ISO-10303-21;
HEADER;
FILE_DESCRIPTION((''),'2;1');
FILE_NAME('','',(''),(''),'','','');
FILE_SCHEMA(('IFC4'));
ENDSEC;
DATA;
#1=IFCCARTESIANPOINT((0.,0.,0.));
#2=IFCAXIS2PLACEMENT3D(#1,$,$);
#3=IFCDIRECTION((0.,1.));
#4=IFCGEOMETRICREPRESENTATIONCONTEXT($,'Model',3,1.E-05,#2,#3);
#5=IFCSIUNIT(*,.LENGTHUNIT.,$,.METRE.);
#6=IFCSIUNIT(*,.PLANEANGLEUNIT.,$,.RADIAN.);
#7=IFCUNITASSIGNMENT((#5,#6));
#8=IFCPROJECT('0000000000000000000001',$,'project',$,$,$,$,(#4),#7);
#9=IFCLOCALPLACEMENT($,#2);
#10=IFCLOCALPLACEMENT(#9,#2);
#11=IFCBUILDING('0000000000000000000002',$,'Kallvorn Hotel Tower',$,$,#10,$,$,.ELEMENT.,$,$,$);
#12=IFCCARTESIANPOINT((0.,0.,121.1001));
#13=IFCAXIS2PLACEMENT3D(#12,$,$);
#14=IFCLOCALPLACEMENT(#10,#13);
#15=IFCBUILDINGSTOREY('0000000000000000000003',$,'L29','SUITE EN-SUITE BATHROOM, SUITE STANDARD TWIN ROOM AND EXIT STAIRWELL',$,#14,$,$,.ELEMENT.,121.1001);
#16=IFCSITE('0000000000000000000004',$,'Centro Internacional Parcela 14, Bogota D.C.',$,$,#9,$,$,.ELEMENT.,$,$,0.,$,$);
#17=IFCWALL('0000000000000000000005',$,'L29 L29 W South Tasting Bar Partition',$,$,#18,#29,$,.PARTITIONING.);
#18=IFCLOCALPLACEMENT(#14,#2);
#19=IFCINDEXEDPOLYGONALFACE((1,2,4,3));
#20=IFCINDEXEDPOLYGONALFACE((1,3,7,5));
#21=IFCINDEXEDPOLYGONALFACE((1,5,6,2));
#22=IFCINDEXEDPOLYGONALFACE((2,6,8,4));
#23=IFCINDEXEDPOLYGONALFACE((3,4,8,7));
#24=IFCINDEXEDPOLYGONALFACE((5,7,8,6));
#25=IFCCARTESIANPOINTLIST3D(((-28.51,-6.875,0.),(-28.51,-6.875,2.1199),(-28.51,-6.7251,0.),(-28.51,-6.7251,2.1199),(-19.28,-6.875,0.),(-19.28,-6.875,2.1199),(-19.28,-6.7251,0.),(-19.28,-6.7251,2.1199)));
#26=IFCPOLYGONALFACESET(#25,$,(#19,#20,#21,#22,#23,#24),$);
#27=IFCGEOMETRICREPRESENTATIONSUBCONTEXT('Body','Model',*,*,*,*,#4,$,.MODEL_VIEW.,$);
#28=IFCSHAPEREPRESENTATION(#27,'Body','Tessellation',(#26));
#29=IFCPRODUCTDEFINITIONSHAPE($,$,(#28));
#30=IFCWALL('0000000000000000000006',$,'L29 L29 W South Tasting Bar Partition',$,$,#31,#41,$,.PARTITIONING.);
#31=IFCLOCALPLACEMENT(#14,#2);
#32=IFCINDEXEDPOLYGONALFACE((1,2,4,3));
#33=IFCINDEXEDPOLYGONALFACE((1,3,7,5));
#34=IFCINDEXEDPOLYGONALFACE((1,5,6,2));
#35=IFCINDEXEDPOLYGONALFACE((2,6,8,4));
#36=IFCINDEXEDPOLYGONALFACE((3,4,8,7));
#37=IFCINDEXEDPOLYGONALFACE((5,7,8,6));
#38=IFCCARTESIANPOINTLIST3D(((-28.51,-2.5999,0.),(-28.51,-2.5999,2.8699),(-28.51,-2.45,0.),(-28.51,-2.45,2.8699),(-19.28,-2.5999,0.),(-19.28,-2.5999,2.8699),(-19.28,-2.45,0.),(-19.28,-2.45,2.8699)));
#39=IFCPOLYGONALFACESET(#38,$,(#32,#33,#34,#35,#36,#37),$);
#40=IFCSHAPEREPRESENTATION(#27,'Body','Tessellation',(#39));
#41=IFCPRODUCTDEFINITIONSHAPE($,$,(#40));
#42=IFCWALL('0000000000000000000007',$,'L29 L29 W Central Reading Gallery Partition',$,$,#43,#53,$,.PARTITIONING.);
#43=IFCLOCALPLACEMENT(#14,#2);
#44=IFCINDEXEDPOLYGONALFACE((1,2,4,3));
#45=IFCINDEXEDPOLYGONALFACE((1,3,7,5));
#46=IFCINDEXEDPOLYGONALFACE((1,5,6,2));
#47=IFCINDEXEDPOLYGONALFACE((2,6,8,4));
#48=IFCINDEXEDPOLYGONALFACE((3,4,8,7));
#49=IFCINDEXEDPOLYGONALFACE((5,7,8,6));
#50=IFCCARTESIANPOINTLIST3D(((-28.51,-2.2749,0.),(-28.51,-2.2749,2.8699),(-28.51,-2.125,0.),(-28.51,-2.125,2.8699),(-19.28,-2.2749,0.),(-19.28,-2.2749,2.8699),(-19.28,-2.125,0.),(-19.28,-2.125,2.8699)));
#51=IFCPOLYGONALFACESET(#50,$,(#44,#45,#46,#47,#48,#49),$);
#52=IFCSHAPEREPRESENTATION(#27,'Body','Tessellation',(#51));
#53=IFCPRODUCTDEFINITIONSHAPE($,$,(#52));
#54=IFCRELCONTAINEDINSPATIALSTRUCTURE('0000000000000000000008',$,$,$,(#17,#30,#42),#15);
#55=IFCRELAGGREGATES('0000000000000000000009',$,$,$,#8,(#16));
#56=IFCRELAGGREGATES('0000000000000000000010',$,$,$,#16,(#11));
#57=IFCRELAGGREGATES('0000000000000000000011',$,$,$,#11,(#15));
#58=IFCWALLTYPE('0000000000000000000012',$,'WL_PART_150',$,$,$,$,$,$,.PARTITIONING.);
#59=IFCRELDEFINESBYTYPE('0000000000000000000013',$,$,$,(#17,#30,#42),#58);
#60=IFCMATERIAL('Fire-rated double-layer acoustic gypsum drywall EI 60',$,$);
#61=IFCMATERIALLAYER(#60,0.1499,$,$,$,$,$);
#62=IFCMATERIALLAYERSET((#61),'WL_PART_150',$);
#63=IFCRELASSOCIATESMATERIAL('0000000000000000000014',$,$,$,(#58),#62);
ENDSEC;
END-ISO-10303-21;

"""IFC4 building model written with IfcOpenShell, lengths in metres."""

from ifc_helpers import new_model, si_unit, direction, frame, frame_2d, origin, place, context, subcontext, project, spatial, rectangle, extrude, material, layer, layer_set, type_object, element, save


model = new_model("IFC4")

# Units and contexts
model_context = context("Model", 3, precision=1e-05, world=origin(), true_north=direction((0.0, 1.0)))
body_context = subcontext(model_context, "Body", "Model", "MODEL_VIEW")
ifc_project = project(units=[si_unit("LENGTHUNIT", "METRE"), si_unit("PLANEANGLEUNIT", "RADIAN")], contexts=[model_context])

# Site, building, storey
site_placement = place(None, origin())
site = spatial("IfcSite", under=ifc_project, at=site_placement, Name="Centro Internacional Parcela 14, Bogota D.C.", CompositionType="ELEMENT", RefElevation=0.0)
building_placement = place(site_placement, origin())
building = spatial("IfcBuilding", under=site, at=building_placement, Name="Kallvorn Hotel Tower", CompositionType="ELEMENT")
storey_placement = place(building_placement, frame((0.0, 0.0, 121.1001)))
storey = spatial("IfcBuildingStorey", under=building, at=storey_placement, Name="L29", Description="SUITE EN-SUITE BATHROOM, SUITE STANDARD TWIN ROOM AND EXIT STAIRWELL", CompositionType="ELEMENT", Elevation=121.1001)

# Walls
ifc_material_1 = material(Name="Fire-rated double-layer acoustic gypsum drywall EI 60")
ifc_layer_1 = layer(ifc_material_1, 0.1499)
ifc_layer_set_1 = layer_set([ifc_layer_1], Name="WL_PART_150")
wall_type_1 = type_object("IfcWallType", Name="WL_PART_150", PredefinedType="PARTITIONING", material=ifc_layer_set_1)
wall_1_placement = place(storey_placement, frame((-28.51, -6.8, 0.0), z_axis=(0.0, 0.0, 1.0), x_axis=(1.0, 0.0, 0.0)))
element("IfcWall", 1, at=wall_1_placement, inside=storey, type_object=wall_type_1, Name="L29 L29 W South Tasting Bar Partition", PredefinedType="PARTITIONING", context=body_context, shape_type="SweptSolid", body=[
    extrude(rectangle(XDim=9.23, YDim=0.1499, at=frame_2d((4.615, 0.0))), origin(), (0.0, 0.0, 1.0), 2.1199),
])
for number, where, z_axis, x_axis, name in (
    (2, (-28.51, -2.5249, 0.0), (0.0, 0.0, 1.0), (1.0, 0.0, 0.0), "L29 L29 W South Tasting Bar Partition"),
    (3, (-28.51, -2.2, 0.0), (0.0, 0.0, 1.0), (1.0, 0.0, 0.0), "L29 L29 W Central Reading Gallery Partition"),
):
    element("IfcWall", number, at=place(storey_placement, frame(where, z_axis=z_axis, x_axis=x_axis)), inside=storey, type_object=wall_type_1, Name=name, PredefinedType="PARTITIONING", context=body_context, shape_type="SweptSolid", body=[
        extrude(rectangle(XDim=9.23, YDim=0.1499, at=frame_2d((4.615, 0.0))), origin(), (0.0, 0.0, 1.0), 2.8699),
    ])

save(model, "model.ifc")
